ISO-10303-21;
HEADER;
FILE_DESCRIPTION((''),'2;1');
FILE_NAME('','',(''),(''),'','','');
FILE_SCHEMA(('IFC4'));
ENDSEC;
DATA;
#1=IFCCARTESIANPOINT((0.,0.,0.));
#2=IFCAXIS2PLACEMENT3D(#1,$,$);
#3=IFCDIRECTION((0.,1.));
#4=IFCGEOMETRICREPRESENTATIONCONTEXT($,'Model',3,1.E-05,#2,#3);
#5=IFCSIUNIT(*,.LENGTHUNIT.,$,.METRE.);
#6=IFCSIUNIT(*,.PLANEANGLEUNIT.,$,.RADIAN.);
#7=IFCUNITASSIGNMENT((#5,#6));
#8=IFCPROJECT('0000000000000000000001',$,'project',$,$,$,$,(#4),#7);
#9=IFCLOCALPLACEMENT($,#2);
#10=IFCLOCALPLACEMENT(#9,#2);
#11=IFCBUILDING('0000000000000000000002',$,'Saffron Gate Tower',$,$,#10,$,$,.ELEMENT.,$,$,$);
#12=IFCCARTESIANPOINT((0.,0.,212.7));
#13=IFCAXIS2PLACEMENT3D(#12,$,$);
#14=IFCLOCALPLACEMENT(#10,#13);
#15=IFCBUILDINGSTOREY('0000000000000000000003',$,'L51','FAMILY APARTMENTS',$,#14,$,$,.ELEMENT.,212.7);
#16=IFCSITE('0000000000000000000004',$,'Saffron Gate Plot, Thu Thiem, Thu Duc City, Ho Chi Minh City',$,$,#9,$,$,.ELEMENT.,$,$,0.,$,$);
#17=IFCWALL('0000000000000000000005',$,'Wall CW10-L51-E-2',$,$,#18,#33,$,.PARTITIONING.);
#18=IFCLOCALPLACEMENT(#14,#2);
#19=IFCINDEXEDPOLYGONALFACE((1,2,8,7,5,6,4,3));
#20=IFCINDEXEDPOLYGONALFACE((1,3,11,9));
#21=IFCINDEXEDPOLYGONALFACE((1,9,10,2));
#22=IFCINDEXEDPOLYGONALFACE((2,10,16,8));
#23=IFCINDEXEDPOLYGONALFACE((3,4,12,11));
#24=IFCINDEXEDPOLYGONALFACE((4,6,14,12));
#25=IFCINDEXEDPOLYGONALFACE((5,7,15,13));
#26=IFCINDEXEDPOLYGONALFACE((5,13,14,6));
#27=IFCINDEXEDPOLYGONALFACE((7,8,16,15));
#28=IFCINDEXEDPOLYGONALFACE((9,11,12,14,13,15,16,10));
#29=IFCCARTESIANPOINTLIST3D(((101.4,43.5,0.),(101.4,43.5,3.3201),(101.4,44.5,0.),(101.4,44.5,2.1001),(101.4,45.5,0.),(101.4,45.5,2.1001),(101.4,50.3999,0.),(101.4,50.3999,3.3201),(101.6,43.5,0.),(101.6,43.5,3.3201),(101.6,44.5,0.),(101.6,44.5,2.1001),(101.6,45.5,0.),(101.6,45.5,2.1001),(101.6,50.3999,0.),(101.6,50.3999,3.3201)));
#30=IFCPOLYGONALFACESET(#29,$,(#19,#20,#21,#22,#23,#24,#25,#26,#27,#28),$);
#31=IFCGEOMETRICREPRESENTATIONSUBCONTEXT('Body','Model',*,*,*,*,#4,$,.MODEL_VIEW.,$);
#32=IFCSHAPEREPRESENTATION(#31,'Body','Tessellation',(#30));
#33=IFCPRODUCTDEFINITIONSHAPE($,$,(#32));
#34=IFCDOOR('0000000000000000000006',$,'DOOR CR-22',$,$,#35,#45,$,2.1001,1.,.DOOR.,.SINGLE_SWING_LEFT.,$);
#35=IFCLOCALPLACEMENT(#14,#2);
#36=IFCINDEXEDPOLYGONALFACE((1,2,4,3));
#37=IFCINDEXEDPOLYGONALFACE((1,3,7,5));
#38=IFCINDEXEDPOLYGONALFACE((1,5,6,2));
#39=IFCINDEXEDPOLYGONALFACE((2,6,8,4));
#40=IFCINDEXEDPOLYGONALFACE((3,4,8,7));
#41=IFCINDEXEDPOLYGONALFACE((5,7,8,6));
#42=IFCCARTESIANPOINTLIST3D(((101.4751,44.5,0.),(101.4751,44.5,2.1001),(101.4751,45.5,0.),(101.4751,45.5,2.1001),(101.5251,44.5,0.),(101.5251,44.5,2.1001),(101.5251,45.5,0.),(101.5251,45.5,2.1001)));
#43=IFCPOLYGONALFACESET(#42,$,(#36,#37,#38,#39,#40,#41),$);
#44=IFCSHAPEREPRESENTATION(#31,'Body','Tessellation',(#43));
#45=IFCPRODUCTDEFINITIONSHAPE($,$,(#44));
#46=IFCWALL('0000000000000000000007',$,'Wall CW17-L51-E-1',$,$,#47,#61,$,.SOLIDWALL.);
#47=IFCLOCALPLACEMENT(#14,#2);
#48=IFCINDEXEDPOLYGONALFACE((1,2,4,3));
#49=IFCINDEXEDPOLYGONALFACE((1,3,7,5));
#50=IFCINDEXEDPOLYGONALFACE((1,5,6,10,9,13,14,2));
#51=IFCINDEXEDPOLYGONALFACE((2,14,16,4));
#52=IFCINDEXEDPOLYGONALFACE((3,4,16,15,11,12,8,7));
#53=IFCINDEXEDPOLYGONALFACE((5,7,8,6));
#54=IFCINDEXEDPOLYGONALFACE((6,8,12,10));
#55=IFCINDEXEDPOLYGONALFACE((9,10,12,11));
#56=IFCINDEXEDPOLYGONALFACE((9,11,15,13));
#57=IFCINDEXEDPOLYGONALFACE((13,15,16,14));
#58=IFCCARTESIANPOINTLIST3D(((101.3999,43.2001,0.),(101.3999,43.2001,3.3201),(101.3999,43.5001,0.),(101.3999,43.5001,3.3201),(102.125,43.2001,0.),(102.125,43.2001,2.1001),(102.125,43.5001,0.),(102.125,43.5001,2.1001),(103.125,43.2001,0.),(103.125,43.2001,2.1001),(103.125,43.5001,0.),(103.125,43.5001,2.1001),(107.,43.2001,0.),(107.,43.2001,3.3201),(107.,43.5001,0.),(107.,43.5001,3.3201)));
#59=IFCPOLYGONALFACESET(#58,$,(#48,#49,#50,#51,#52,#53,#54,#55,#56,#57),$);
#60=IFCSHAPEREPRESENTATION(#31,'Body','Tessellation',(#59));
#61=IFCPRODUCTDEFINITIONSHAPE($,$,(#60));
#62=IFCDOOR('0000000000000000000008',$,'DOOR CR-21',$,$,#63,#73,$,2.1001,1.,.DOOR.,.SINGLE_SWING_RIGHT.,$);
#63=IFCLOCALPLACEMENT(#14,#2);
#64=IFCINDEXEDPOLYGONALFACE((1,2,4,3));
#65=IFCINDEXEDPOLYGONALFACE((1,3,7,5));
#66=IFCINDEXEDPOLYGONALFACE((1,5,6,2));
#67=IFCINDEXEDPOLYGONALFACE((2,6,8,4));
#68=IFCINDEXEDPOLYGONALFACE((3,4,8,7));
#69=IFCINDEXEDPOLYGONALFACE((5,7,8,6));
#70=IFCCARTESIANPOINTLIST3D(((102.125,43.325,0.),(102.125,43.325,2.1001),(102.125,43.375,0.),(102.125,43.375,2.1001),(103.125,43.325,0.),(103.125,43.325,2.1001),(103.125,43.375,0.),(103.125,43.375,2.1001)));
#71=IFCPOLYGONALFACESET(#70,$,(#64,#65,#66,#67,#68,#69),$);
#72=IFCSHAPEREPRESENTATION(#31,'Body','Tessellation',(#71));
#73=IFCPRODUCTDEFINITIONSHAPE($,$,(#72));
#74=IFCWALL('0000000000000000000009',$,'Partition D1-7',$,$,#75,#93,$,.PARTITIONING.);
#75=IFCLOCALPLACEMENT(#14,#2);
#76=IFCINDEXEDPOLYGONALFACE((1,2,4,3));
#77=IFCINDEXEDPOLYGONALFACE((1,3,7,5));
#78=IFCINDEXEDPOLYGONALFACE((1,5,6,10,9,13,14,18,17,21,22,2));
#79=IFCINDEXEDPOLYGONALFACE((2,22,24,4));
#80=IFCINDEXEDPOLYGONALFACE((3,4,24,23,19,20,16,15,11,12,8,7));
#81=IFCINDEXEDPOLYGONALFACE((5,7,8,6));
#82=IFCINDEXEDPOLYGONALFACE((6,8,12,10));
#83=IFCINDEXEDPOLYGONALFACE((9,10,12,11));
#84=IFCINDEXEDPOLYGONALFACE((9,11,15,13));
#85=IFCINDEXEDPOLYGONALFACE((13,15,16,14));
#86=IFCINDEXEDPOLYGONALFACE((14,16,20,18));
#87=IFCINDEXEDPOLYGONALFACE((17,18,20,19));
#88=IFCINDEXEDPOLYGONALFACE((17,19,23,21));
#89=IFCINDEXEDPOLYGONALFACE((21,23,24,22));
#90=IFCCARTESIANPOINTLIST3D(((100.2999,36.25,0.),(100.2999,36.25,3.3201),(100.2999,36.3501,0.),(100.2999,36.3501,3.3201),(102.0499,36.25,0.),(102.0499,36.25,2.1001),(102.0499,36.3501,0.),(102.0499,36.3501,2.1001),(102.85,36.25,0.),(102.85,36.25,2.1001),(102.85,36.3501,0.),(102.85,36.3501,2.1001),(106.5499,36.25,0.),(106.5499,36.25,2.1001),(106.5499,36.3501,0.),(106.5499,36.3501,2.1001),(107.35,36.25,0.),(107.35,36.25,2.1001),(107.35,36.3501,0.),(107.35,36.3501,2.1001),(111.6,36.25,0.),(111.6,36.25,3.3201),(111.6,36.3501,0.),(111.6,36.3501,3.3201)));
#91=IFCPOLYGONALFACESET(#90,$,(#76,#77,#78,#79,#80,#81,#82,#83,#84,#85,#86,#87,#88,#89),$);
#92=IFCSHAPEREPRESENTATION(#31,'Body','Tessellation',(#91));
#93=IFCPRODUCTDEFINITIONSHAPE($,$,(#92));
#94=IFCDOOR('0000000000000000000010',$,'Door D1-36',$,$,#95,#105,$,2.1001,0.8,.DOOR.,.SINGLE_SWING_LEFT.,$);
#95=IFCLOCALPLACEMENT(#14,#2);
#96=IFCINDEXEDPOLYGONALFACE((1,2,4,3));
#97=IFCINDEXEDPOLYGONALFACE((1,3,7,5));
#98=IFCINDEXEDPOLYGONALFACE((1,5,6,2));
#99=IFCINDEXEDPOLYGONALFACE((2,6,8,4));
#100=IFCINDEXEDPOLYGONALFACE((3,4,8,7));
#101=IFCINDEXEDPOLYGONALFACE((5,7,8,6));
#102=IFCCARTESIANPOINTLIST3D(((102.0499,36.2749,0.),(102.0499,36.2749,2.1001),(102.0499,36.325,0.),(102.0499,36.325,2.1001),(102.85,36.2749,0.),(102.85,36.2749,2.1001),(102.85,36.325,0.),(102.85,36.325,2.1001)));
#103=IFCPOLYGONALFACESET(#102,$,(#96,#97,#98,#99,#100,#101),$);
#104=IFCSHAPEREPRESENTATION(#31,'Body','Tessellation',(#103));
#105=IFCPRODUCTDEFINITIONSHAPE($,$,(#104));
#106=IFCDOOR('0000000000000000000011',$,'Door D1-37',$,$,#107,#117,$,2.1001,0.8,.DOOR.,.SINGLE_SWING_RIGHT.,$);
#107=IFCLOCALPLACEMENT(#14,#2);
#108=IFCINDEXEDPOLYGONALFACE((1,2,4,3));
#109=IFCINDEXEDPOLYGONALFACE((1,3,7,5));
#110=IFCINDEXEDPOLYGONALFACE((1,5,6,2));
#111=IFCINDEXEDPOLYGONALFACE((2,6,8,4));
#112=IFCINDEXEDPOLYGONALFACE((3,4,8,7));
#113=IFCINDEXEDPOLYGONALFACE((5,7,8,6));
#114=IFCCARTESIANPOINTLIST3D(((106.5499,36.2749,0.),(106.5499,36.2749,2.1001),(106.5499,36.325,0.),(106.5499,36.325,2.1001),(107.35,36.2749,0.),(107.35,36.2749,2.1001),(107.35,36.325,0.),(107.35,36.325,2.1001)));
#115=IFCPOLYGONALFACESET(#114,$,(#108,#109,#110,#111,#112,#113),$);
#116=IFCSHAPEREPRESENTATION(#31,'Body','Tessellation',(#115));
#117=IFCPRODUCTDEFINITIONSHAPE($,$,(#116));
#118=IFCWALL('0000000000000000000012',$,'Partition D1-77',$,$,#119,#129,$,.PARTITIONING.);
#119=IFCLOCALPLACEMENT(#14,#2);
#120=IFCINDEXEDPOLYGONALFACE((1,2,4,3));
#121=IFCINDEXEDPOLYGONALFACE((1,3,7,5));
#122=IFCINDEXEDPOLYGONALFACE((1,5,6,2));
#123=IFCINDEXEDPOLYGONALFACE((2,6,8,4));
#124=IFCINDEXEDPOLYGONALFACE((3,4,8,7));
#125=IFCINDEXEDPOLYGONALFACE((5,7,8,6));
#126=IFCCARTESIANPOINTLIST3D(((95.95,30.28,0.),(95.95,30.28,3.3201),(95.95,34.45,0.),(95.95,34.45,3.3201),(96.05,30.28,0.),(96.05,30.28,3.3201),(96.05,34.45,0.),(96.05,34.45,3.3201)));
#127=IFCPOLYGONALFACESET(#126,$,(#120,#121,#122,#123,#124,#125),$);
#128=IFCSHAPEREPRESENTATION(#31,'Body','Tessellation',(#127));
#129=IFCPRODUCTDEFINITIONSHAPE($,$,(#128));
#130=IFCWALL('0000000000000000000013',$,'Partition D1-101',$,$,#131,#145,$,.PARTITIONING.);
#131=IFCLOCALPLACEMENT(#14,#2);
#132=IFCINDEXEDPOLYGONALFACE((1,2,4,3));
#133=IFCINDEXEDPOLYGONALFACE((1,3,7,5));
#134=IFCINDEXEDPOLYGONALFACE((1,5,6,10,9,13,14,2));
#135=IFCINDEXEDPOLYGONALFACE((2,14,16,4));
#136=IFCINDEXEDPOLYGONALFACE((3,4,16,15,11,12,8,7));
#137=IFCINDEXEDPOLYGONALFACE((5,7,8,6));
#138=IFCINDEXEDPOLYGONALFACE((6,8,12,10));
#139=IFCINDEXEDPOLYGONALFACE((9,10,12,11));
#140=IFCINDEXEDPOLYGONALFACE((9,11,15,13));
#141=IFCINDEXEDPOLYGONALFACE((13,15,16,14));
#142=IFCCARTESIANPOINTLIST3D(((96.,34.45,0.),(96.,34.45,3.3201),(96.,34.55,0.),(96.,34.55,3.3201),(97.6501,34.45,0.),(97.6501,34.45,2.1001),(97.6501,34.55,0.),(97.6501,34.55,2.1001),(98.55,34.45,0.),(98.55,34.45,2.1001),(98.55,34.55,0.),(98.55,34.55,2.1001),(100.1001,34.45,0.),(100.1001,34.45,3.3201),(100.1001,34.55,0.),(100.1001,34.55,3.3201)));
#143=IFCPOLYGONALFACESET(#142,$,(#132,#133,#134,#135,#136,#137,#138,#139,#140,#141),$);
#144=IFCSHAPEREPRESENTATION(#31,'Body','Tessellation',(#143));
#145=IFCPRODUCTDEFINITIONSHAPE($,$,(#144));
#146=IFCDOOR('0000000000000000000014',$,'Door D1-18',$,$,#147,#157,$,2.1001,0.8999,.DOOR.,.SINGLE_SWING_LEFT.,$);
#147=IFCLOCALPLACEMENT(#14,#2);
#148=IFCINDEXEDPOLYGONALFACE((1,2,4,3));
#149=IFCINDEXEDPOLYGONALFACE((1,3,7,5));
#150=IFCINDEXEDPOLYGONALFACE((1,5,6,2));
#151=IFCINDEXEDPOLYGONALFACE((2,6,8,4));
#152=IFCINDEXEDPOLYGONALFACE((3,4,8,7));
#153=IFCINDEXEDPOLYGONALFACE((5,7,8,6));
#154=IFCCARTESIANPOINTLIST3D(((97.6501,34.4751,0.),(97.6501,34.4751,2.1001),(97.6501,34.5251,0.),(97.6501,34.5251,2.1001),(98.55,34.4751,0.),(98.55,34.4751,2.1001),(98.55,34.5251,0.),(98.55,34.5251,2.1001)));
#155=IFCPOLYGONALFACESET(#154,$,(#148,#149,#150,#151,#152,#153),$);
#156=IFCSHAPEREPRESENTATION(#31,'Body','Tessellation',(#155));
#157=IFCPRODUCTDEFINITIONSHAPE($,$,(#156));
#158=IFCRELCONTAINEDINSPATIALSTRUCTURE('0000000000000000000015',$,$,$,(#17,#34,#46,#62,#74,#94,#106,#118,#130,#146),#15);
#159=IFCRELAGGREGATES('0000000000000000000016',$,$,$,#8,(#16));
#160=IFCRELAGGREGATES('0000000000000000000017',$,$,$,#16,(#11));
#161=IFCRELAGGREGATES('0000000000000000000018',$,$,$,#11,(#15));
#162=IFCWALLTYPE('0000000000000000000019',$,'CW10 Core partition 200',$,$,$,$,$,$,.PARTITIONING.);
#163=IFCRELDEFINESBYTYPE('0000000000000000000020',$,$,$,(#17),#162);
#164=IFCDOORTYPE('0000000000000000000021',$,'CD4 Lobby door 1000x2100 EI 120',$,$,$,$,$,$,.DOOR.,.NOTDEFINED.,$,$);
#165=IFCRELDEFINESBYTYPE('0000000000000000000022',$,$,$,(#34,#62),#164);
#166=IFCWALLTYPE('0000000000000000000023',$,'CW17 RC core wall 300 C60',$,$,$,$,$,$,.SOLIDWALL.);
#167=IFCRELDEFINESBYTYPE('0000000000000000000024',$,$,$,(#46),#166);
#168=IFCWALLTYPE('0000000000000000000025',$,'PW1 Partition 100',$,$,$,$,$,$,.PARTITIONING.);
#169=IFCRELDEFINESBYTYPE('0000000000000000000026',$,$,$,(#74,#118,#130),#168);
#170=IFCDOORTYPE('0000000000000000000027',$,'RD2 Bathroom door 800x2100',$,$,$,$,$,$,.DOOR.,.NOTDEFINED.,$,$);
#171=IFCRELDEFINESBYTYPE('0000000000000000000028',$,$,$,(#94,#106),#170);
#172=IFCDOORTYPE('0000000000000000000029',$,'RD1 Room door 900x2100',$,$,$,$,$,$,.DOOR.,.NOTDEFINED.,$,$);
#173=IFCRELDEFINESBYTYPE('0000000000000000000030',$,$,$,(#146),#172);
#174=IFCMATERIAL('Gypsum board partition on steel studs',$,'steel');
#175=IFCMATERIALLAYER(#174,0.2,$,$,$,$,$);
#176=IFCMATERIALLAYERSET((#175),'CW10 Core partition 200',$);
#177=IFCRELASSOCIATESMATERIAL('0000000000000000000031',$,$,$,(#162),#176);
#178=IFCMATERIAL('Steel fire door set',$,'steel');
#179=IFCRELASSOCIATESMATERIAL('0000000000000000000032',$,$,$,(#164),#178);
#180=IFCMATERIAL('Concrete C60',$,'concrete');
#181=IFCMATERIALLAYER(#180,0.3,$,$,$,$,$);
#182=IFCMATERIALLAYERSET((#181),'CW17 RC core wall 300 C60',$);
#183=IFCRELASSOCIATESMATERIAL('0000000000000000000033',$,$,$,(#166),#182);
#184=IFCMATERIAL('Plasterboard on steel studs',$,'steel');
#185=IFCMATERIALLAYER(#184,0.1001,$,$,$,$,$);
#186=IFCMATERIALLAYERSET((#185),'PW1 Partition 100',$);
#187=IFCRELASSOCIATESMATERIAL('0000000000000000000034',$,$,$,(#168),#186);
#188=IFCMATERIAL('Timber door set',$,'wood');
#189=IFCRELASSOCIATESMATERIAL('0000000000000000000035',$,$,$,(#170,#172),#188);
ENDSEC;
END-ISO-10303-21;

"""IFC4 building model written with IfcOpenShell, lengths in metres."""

from ifc_helpers import new_model, si_unit, direction, frame, frame_2d, origin, place, context, subcontext, project, spatial, rectangle, extrude, material, layer, layer_set, type_object, element, fill, save


model = new_model("IFC4")

# Units and contexts
model_context = context("Model", 3, precision=1e-05, world=origin(), true_north=direction((0.0, 1.0)))
body_context = subcontext(model_context, "Body", "Model", "MODEL_VIEW")
ifc_project = project(units=[si_unit("LENGTHUNIT", "METRE"), si_unit("PLANEANGLEUNIT", "RADIAN")], contexts=[model_context])

# Site, building, storey
site_placement = place(None, origin())
site = spatial("IfcSite", under=ifc_project, at=site_placement, Name="Saffron Gate Plot, Thu Thiem, Thu Duc City, Ho Chi Minh City", CompositionType="ELEMENT", RefElevation=0.0)
building_placement = place(site_placement, origin())
building = spatial("IfcBuilding", under=site, at=building_placement, Name="Saffron Gate Tower", CompositionType="ELEMENT")
storey_placement = place(building_placement, frame((0.0, 0.0, 212.7)))
storey = spatial("IfcBuildingStorey", under=building, at=storey_placement, Name="L51", Description="FAMILY APARTMENTS", CompositionType="ELEMENT", Elevation=212.7)

# Walls, openings, doors
ifc_material_1 = material(Name="Gypsum board partition on steel studs", Category="steel")
ifc_layer_1 = layer(ifc_material_1, 0.2)
ifc_layer_set_1 = layer_set([ifc_layer_1], Name="CW10 Core partition 200")
wall_type_1 = type_object("IfcWallType", Name="CW10 Core partition 200", PredefinedType="PARTITIONING", material=ifc_layer_set_1)
wall_1_placement = place(storey_placement, frame((101.5, 43.5, 0.0), z_axis=(0.0, 0.0, 1.0), x_axis=(0.0, 1.0, 0.0)))
wall_1 = element("IfcWall", 1, at=wall_1_placement, inside=storey, type_object=wall_type_1, Name="Wall CW10-L51-E-2", PredefinedType="PARTITIONING", context=body_context, shape_type="SweptSolid", body=[
    extrude(rectangle(XDim=6.8999, YDim=0.2, at=frame_2d((3.45, 0.0))), origin(), (0.0, 0.0, 1.0), 3.3201),
])
opening_1_placement = place(wall_1_placement, frame((1.0, 0.0, 0.0)))
opening_1 = element("IfcOpeningElement", 2, at=opening_1_placement, cuts=wall_1, PredefinedType="OPENING", context=body_context, shape_type="SweptSolid", body=[
    extrude(rectangle(XDim=1.0, YDim=2.1001, at=frame_2d((0.5, 1.05))), frame((0.0, 0.1099, 0.0), z_axis=(0.0, -1.0, 0.0), x_axis=(1.0, 0.0, 0.0)), (0.0, 0.0, 1.0), 0.22),
])
ifc_material_2 = material(Name="Steel fire door set", Category="steel")
door_type_1 = type_object("IfcDoorType", Name="CD4 Lobby door 1000x2100 EI 120", OperationType="NOTDEFINED", PredefinedType="DOOR", material=ifc_material_2)
door_1_placement = place(opening_1_placement, origin())
door_1 = element("IfcDoor", 3, at=door_1_placement, inside=storey, type_object=door_type_1, Name="DOOR CR-22", OperationType="SINGLE_SWING_LEFT", OverallHeight=2.1001, OverallWidth=1.0, PredefinedType="DOOR", context=body_context, shape_type="SweptSolid", body=[
    extrude(rectangle(XDim=1.0, YDim=2.1001, at=frame_2d((0.5, 1.05))), frame((0.0, 0.0249, 0.0), z_axis=(0.0, -1.0, 0.0), x_axis=(1.0, 0.0, 0.0)), (0.0, 0.0, 1.0), 0.05),
])
fill(opening_1, door_1)
ifc_material_3 = material(Name="Concrete C60", Category="concrete")
ifc_layer_2 = layer(ifc_material_3, 0.3)
ifc_layer_set_2 = layer_set([ifc_layer_2], Name="CW17 RC core wall 300 C60")
wall_type_2 = type_object("IfcWallType", Name="CW17 RC core wall 300 C60", PredefinedType="SOLIDWALL", material=ifc_layer_set_2)
wall_2_placement = place(storey_placement, frame((101.3999, 43.3501, 0.0), z_axis=(0.0, 0.0, 1.0), x_axis=(1.0, 0.0, 0.0)))
wall_2 = element("IfcWall", 4, at=wall_2_placement, inside=storey, type_object=wall_type_2, Name="Wall CW17-L51-E-1", PredefinedType="SOLIDWALL", context=body_context, shape_type="SweptSolid", body=[
    extrude(rectangle(XDim=5.6001, YDim=0.3, at=frame_2d((2.8, 0.0))), origin(), (0.0, 0.0, 1.0), 3.3201),
])
opening_2_placement = place(wall_2_placement, frame((0.7251, 0.0, 0.0)))
opening_2 = element("IfcOpeningElement", 5, at=opening_2_placement, cuts=wall_2, PredefinedType="OPENING", context=body_context, shape_type="SweptSolid", body=[
    extrude(rectangle(XDim=1.0, YDim=2.1001, at=frame_2d((0.5, 1.05))), frame((0.0, 0.1602, 0.0), z_axis=(0.0, -1.0, 0.0), x_axis=(1.0, 0.0, 0.0)), (0.0, 0.0, 1.0), 0.3201),
])
door_2_placement = place(opening_2_placement, origin())
door_2 = element("IfcDoor", 6, at=door_2_placement, inside=storey, type_object=door_type_1, Name="DOOR CR-21", OperationType="SINGLE_SWING_RIGHT", OverallHeight=2.1001, OverallWidth=1.0, PredefinedType="DOOR", context=body_context, shape_type="SweptSolid", body=[
    extrude(rectangle(XDim=1.0, YDim=2.1001, at=frame_2d((0.5, 1.05))), frame((0.0, 0.0249, 0.0), z_axis=(0.0, -1.0, 0.0), x_axis=(1.0, 0.0, 0.0)), (0.0, 0.0, 1.0), 0.05),
])
fill(opening_2, door_2)

# Wall, openings, doors
ifc_material_4 = material(Name="Plasterboard on steel studs", Category="steel")
ifc_layer_3 = layer(ifc_material_4, 0.1001)
ifc_layer_set_3 = layer_set([ifc_layer_3], Name="PW1 Partition 100")
wall_type_3 = type_object("IfcWallType", Name="PW1 Partition 100", PredefinedType="PARTITIONING", material=ifc_layer_set_3)
wall_3_placement = place(storey_placement, frame((100.3, 36.3, 0.0), z_axis=(0.0, 0.0, 1.0), x_axis=(1.0, 0.0, 0.0)))
wall_3 = element("IfcWall", 7, at=wall_3_placement, inside=storey, type_object=wall_type_3, Name="Partition D1-7", PredefinedType="PARTITIONING", context=body_context, shape_type="SweptSolid", body=[
    extrude(rectangle(XDim=11.3, YDim=0.1001, at=frame_2d((5.6499, 0.0))), origin(), (0.0, 0.0, 1.0), 3.3201),
])
opening_3_placement = place(wall_3_placement, frame((1.75, 0.0, 0.0)))
opening_3 = element("IfcOpeningElement", 8, at=opening_3_placement, cuts=wall_3, PredefinedType="OPENING", context=body_context, shape_type="SweptSolid", body=[
    extrude(rectangle(XDim=0.8, YDim=2.1001, at=frame_2d((0.3999, 1.05))), frame((0.0, 0.0601, 0.0), z_axis=(0.0, -1.0, 0.0), x_axis=(1.0, 0.0, 0.0)), (0.0, 0.0, 1.0), 0.1201),
])
opening_4_placement = place(wall_3_placement, frame((6.25, 0.0, 0.0)))
opening_4 = element("IfcOpeningElement", 9, at=opening_4_placement, cuts=wall_3, PredefinedType="OPENING", context=body_context, shape_type="SweptSolid", body=[
    extrude(rectangle(XDim=0.8, YDim=2.1001, at=frame_2d((0.3999, 1.05))), frame((0.0, 0.0601, 0.0), z_axis=(0.0, -1.0, 0.0), x_axis=(1.0, 0.0, 0.0)), (0.0, 0.0, 1.0), 0.1201),
])
ifc_material_5 = material(Name="Timber door set", Category="wood")
door_type_2 = type_object("IfcDoorType", Name="RD2 Bathroom door 800x2100", OperationType="NOTDEFINED", PredefinedType="DOOR", material=ifc_material_5)
door_3_placement = place(opening_3_placement, origin())
door_3 = element("IfcDoor", 10, at=door_3_placement, inside=storey, type_object=door_type_2, Name="Door D1-36", OperationType="SINGLE_SWING_LEFT", OverallHeight=2.1001, OverallWidth=0.8, PredefinedType="DOOR", context=body_context, shape_type="SweptSolid", body=[
    extrude(rectangle(XDim=0.8, YDim=2.1001, at=frame_2d((0.3999, 1.05))), frame((0.0, 0.0249, 0.0), z_axis=(0.0, -1.0, 0.0), x_axis=(1.0, 0.0, 0.0)), (0.0, 0.0, 1.0), 0.05),
])
fill(opening_3, door_3)
door_4_placement = place(opening_4_placement, origin())
door_4 = element("IfcDoor", 11, at=door_4_placement, inside=storey, type_object=door_type_2, Name="Door D1-37", OperationType="SINGLE_SWING_RIGHT", OverallHeight=2.1001, OverallWidth=0.8, PredefinedType="DOOR", context=body_context, shape_type="SweptSolid", body=[
    extrude(rectangle(XDim=0.8, YDim=2.1001, at=frame_2d((0.3999, 1.05))), frame((0.0, 0.0249, 0.0), z_axis=(0.0, -1.0, 0.0), x_axis=(1.0, 0.0, 0.0)), (0.0, 0.0, 1.0), 0.05),
])
fill(opening_4, door_4)

# Wall
wall_4_placement = place(storey_placement, frame((96.0, 34.45, 0.0), z_axis=(0.0, 0.0, 1.0), x_axis=(0.0, -1.0, 0.0)))
element("IfcWall", 12, at=wall_4_placement, inside=storey, type_object=wall_type_3, Name="Partition D1-77", PredefinedType="PARTITIONING", context=body_context, shape_type="SweptSolid", body=[
    extrude(rectangle(XDim=4.1699, YDim=0.1001, at=frame_2d((2.085, 0.0))), origin(), (0.0, 0.0, 1.0), 3.3201),
])

# Wall, opening, door
wall_5_placement = place(storey_placement, frame((100.1001, 34.5, 0.0), z_axis=(0.0, 0.0, 1.0), x_axis=(-1.0, 0.0, 0.0)))
wall_5 = element("IfcWall", 13, at=wall_5_placement, inside=storey, type_object=wall_type_3, Name="Partition D1-101", PredefinedType="PARTITIONING", context=body_context, shape_type="SweptSolid", body=[
    extrude(rectangle(XDim=4.1001, YDim=0.1001, at=frame_2d((2.05, 0.0))), origin(), (0.0, 0.0, 1.0), 3.3201),
])
opening_5_placement = place(wall_5_placement, frame((1.55, 0.0, 0.0)))
opening_5 = element("IfcOpeningElement", 14, at=opening_5_placement, cuts=wall_5, PredefinedType="OPENING", context=body_context, shape_type="SweptSolid", body=[
    extrude(rectangle(XDim=0.8999, YDim=2.1001, at=frame_2d((0.45, 1.05))), frame((0.0, 0.0601, 0.0), z_axis=(0.0, -1.0, 0.0), x_axis=(1.0, 0.0, 0.0)), (0.0, 0.0, 1.0), 0.1201),
])
door_type_3 = type_object("IfcDoorType", Name="RD1 Room door 900x2100", OperationType="NOTDEFINED", PredefinedType="DOOR", material=ifc_material_5)
door_5_placement = place(opening_5_placement, origin())
door_5 = element("IfcDoor", 15, at=door_5_placement, inside=storey, type_object=door_type_3, Name="Door D1-18", OperationType="SINGLE_SWING_LEFT", OverallHeight=2.1001, OverallWidth=0.8999, PredefinedType="DOOR", context=body_context, shape_type="SweptSolid", body=[
    extrude(rectangle(XDim=0.8999, YDim=2.1001, at=frame_2d((0.45, 1.05))), frame((0.0, 0.0249, 0.0), z_axis=(0.0, -1.0, 0.0), x_axis=(1.0, 0.0, 0.0)), (0.0, 0.0, 1.0), 0.05),
])
fill(opening_5, door_5)

save(model, "model.ifc")
